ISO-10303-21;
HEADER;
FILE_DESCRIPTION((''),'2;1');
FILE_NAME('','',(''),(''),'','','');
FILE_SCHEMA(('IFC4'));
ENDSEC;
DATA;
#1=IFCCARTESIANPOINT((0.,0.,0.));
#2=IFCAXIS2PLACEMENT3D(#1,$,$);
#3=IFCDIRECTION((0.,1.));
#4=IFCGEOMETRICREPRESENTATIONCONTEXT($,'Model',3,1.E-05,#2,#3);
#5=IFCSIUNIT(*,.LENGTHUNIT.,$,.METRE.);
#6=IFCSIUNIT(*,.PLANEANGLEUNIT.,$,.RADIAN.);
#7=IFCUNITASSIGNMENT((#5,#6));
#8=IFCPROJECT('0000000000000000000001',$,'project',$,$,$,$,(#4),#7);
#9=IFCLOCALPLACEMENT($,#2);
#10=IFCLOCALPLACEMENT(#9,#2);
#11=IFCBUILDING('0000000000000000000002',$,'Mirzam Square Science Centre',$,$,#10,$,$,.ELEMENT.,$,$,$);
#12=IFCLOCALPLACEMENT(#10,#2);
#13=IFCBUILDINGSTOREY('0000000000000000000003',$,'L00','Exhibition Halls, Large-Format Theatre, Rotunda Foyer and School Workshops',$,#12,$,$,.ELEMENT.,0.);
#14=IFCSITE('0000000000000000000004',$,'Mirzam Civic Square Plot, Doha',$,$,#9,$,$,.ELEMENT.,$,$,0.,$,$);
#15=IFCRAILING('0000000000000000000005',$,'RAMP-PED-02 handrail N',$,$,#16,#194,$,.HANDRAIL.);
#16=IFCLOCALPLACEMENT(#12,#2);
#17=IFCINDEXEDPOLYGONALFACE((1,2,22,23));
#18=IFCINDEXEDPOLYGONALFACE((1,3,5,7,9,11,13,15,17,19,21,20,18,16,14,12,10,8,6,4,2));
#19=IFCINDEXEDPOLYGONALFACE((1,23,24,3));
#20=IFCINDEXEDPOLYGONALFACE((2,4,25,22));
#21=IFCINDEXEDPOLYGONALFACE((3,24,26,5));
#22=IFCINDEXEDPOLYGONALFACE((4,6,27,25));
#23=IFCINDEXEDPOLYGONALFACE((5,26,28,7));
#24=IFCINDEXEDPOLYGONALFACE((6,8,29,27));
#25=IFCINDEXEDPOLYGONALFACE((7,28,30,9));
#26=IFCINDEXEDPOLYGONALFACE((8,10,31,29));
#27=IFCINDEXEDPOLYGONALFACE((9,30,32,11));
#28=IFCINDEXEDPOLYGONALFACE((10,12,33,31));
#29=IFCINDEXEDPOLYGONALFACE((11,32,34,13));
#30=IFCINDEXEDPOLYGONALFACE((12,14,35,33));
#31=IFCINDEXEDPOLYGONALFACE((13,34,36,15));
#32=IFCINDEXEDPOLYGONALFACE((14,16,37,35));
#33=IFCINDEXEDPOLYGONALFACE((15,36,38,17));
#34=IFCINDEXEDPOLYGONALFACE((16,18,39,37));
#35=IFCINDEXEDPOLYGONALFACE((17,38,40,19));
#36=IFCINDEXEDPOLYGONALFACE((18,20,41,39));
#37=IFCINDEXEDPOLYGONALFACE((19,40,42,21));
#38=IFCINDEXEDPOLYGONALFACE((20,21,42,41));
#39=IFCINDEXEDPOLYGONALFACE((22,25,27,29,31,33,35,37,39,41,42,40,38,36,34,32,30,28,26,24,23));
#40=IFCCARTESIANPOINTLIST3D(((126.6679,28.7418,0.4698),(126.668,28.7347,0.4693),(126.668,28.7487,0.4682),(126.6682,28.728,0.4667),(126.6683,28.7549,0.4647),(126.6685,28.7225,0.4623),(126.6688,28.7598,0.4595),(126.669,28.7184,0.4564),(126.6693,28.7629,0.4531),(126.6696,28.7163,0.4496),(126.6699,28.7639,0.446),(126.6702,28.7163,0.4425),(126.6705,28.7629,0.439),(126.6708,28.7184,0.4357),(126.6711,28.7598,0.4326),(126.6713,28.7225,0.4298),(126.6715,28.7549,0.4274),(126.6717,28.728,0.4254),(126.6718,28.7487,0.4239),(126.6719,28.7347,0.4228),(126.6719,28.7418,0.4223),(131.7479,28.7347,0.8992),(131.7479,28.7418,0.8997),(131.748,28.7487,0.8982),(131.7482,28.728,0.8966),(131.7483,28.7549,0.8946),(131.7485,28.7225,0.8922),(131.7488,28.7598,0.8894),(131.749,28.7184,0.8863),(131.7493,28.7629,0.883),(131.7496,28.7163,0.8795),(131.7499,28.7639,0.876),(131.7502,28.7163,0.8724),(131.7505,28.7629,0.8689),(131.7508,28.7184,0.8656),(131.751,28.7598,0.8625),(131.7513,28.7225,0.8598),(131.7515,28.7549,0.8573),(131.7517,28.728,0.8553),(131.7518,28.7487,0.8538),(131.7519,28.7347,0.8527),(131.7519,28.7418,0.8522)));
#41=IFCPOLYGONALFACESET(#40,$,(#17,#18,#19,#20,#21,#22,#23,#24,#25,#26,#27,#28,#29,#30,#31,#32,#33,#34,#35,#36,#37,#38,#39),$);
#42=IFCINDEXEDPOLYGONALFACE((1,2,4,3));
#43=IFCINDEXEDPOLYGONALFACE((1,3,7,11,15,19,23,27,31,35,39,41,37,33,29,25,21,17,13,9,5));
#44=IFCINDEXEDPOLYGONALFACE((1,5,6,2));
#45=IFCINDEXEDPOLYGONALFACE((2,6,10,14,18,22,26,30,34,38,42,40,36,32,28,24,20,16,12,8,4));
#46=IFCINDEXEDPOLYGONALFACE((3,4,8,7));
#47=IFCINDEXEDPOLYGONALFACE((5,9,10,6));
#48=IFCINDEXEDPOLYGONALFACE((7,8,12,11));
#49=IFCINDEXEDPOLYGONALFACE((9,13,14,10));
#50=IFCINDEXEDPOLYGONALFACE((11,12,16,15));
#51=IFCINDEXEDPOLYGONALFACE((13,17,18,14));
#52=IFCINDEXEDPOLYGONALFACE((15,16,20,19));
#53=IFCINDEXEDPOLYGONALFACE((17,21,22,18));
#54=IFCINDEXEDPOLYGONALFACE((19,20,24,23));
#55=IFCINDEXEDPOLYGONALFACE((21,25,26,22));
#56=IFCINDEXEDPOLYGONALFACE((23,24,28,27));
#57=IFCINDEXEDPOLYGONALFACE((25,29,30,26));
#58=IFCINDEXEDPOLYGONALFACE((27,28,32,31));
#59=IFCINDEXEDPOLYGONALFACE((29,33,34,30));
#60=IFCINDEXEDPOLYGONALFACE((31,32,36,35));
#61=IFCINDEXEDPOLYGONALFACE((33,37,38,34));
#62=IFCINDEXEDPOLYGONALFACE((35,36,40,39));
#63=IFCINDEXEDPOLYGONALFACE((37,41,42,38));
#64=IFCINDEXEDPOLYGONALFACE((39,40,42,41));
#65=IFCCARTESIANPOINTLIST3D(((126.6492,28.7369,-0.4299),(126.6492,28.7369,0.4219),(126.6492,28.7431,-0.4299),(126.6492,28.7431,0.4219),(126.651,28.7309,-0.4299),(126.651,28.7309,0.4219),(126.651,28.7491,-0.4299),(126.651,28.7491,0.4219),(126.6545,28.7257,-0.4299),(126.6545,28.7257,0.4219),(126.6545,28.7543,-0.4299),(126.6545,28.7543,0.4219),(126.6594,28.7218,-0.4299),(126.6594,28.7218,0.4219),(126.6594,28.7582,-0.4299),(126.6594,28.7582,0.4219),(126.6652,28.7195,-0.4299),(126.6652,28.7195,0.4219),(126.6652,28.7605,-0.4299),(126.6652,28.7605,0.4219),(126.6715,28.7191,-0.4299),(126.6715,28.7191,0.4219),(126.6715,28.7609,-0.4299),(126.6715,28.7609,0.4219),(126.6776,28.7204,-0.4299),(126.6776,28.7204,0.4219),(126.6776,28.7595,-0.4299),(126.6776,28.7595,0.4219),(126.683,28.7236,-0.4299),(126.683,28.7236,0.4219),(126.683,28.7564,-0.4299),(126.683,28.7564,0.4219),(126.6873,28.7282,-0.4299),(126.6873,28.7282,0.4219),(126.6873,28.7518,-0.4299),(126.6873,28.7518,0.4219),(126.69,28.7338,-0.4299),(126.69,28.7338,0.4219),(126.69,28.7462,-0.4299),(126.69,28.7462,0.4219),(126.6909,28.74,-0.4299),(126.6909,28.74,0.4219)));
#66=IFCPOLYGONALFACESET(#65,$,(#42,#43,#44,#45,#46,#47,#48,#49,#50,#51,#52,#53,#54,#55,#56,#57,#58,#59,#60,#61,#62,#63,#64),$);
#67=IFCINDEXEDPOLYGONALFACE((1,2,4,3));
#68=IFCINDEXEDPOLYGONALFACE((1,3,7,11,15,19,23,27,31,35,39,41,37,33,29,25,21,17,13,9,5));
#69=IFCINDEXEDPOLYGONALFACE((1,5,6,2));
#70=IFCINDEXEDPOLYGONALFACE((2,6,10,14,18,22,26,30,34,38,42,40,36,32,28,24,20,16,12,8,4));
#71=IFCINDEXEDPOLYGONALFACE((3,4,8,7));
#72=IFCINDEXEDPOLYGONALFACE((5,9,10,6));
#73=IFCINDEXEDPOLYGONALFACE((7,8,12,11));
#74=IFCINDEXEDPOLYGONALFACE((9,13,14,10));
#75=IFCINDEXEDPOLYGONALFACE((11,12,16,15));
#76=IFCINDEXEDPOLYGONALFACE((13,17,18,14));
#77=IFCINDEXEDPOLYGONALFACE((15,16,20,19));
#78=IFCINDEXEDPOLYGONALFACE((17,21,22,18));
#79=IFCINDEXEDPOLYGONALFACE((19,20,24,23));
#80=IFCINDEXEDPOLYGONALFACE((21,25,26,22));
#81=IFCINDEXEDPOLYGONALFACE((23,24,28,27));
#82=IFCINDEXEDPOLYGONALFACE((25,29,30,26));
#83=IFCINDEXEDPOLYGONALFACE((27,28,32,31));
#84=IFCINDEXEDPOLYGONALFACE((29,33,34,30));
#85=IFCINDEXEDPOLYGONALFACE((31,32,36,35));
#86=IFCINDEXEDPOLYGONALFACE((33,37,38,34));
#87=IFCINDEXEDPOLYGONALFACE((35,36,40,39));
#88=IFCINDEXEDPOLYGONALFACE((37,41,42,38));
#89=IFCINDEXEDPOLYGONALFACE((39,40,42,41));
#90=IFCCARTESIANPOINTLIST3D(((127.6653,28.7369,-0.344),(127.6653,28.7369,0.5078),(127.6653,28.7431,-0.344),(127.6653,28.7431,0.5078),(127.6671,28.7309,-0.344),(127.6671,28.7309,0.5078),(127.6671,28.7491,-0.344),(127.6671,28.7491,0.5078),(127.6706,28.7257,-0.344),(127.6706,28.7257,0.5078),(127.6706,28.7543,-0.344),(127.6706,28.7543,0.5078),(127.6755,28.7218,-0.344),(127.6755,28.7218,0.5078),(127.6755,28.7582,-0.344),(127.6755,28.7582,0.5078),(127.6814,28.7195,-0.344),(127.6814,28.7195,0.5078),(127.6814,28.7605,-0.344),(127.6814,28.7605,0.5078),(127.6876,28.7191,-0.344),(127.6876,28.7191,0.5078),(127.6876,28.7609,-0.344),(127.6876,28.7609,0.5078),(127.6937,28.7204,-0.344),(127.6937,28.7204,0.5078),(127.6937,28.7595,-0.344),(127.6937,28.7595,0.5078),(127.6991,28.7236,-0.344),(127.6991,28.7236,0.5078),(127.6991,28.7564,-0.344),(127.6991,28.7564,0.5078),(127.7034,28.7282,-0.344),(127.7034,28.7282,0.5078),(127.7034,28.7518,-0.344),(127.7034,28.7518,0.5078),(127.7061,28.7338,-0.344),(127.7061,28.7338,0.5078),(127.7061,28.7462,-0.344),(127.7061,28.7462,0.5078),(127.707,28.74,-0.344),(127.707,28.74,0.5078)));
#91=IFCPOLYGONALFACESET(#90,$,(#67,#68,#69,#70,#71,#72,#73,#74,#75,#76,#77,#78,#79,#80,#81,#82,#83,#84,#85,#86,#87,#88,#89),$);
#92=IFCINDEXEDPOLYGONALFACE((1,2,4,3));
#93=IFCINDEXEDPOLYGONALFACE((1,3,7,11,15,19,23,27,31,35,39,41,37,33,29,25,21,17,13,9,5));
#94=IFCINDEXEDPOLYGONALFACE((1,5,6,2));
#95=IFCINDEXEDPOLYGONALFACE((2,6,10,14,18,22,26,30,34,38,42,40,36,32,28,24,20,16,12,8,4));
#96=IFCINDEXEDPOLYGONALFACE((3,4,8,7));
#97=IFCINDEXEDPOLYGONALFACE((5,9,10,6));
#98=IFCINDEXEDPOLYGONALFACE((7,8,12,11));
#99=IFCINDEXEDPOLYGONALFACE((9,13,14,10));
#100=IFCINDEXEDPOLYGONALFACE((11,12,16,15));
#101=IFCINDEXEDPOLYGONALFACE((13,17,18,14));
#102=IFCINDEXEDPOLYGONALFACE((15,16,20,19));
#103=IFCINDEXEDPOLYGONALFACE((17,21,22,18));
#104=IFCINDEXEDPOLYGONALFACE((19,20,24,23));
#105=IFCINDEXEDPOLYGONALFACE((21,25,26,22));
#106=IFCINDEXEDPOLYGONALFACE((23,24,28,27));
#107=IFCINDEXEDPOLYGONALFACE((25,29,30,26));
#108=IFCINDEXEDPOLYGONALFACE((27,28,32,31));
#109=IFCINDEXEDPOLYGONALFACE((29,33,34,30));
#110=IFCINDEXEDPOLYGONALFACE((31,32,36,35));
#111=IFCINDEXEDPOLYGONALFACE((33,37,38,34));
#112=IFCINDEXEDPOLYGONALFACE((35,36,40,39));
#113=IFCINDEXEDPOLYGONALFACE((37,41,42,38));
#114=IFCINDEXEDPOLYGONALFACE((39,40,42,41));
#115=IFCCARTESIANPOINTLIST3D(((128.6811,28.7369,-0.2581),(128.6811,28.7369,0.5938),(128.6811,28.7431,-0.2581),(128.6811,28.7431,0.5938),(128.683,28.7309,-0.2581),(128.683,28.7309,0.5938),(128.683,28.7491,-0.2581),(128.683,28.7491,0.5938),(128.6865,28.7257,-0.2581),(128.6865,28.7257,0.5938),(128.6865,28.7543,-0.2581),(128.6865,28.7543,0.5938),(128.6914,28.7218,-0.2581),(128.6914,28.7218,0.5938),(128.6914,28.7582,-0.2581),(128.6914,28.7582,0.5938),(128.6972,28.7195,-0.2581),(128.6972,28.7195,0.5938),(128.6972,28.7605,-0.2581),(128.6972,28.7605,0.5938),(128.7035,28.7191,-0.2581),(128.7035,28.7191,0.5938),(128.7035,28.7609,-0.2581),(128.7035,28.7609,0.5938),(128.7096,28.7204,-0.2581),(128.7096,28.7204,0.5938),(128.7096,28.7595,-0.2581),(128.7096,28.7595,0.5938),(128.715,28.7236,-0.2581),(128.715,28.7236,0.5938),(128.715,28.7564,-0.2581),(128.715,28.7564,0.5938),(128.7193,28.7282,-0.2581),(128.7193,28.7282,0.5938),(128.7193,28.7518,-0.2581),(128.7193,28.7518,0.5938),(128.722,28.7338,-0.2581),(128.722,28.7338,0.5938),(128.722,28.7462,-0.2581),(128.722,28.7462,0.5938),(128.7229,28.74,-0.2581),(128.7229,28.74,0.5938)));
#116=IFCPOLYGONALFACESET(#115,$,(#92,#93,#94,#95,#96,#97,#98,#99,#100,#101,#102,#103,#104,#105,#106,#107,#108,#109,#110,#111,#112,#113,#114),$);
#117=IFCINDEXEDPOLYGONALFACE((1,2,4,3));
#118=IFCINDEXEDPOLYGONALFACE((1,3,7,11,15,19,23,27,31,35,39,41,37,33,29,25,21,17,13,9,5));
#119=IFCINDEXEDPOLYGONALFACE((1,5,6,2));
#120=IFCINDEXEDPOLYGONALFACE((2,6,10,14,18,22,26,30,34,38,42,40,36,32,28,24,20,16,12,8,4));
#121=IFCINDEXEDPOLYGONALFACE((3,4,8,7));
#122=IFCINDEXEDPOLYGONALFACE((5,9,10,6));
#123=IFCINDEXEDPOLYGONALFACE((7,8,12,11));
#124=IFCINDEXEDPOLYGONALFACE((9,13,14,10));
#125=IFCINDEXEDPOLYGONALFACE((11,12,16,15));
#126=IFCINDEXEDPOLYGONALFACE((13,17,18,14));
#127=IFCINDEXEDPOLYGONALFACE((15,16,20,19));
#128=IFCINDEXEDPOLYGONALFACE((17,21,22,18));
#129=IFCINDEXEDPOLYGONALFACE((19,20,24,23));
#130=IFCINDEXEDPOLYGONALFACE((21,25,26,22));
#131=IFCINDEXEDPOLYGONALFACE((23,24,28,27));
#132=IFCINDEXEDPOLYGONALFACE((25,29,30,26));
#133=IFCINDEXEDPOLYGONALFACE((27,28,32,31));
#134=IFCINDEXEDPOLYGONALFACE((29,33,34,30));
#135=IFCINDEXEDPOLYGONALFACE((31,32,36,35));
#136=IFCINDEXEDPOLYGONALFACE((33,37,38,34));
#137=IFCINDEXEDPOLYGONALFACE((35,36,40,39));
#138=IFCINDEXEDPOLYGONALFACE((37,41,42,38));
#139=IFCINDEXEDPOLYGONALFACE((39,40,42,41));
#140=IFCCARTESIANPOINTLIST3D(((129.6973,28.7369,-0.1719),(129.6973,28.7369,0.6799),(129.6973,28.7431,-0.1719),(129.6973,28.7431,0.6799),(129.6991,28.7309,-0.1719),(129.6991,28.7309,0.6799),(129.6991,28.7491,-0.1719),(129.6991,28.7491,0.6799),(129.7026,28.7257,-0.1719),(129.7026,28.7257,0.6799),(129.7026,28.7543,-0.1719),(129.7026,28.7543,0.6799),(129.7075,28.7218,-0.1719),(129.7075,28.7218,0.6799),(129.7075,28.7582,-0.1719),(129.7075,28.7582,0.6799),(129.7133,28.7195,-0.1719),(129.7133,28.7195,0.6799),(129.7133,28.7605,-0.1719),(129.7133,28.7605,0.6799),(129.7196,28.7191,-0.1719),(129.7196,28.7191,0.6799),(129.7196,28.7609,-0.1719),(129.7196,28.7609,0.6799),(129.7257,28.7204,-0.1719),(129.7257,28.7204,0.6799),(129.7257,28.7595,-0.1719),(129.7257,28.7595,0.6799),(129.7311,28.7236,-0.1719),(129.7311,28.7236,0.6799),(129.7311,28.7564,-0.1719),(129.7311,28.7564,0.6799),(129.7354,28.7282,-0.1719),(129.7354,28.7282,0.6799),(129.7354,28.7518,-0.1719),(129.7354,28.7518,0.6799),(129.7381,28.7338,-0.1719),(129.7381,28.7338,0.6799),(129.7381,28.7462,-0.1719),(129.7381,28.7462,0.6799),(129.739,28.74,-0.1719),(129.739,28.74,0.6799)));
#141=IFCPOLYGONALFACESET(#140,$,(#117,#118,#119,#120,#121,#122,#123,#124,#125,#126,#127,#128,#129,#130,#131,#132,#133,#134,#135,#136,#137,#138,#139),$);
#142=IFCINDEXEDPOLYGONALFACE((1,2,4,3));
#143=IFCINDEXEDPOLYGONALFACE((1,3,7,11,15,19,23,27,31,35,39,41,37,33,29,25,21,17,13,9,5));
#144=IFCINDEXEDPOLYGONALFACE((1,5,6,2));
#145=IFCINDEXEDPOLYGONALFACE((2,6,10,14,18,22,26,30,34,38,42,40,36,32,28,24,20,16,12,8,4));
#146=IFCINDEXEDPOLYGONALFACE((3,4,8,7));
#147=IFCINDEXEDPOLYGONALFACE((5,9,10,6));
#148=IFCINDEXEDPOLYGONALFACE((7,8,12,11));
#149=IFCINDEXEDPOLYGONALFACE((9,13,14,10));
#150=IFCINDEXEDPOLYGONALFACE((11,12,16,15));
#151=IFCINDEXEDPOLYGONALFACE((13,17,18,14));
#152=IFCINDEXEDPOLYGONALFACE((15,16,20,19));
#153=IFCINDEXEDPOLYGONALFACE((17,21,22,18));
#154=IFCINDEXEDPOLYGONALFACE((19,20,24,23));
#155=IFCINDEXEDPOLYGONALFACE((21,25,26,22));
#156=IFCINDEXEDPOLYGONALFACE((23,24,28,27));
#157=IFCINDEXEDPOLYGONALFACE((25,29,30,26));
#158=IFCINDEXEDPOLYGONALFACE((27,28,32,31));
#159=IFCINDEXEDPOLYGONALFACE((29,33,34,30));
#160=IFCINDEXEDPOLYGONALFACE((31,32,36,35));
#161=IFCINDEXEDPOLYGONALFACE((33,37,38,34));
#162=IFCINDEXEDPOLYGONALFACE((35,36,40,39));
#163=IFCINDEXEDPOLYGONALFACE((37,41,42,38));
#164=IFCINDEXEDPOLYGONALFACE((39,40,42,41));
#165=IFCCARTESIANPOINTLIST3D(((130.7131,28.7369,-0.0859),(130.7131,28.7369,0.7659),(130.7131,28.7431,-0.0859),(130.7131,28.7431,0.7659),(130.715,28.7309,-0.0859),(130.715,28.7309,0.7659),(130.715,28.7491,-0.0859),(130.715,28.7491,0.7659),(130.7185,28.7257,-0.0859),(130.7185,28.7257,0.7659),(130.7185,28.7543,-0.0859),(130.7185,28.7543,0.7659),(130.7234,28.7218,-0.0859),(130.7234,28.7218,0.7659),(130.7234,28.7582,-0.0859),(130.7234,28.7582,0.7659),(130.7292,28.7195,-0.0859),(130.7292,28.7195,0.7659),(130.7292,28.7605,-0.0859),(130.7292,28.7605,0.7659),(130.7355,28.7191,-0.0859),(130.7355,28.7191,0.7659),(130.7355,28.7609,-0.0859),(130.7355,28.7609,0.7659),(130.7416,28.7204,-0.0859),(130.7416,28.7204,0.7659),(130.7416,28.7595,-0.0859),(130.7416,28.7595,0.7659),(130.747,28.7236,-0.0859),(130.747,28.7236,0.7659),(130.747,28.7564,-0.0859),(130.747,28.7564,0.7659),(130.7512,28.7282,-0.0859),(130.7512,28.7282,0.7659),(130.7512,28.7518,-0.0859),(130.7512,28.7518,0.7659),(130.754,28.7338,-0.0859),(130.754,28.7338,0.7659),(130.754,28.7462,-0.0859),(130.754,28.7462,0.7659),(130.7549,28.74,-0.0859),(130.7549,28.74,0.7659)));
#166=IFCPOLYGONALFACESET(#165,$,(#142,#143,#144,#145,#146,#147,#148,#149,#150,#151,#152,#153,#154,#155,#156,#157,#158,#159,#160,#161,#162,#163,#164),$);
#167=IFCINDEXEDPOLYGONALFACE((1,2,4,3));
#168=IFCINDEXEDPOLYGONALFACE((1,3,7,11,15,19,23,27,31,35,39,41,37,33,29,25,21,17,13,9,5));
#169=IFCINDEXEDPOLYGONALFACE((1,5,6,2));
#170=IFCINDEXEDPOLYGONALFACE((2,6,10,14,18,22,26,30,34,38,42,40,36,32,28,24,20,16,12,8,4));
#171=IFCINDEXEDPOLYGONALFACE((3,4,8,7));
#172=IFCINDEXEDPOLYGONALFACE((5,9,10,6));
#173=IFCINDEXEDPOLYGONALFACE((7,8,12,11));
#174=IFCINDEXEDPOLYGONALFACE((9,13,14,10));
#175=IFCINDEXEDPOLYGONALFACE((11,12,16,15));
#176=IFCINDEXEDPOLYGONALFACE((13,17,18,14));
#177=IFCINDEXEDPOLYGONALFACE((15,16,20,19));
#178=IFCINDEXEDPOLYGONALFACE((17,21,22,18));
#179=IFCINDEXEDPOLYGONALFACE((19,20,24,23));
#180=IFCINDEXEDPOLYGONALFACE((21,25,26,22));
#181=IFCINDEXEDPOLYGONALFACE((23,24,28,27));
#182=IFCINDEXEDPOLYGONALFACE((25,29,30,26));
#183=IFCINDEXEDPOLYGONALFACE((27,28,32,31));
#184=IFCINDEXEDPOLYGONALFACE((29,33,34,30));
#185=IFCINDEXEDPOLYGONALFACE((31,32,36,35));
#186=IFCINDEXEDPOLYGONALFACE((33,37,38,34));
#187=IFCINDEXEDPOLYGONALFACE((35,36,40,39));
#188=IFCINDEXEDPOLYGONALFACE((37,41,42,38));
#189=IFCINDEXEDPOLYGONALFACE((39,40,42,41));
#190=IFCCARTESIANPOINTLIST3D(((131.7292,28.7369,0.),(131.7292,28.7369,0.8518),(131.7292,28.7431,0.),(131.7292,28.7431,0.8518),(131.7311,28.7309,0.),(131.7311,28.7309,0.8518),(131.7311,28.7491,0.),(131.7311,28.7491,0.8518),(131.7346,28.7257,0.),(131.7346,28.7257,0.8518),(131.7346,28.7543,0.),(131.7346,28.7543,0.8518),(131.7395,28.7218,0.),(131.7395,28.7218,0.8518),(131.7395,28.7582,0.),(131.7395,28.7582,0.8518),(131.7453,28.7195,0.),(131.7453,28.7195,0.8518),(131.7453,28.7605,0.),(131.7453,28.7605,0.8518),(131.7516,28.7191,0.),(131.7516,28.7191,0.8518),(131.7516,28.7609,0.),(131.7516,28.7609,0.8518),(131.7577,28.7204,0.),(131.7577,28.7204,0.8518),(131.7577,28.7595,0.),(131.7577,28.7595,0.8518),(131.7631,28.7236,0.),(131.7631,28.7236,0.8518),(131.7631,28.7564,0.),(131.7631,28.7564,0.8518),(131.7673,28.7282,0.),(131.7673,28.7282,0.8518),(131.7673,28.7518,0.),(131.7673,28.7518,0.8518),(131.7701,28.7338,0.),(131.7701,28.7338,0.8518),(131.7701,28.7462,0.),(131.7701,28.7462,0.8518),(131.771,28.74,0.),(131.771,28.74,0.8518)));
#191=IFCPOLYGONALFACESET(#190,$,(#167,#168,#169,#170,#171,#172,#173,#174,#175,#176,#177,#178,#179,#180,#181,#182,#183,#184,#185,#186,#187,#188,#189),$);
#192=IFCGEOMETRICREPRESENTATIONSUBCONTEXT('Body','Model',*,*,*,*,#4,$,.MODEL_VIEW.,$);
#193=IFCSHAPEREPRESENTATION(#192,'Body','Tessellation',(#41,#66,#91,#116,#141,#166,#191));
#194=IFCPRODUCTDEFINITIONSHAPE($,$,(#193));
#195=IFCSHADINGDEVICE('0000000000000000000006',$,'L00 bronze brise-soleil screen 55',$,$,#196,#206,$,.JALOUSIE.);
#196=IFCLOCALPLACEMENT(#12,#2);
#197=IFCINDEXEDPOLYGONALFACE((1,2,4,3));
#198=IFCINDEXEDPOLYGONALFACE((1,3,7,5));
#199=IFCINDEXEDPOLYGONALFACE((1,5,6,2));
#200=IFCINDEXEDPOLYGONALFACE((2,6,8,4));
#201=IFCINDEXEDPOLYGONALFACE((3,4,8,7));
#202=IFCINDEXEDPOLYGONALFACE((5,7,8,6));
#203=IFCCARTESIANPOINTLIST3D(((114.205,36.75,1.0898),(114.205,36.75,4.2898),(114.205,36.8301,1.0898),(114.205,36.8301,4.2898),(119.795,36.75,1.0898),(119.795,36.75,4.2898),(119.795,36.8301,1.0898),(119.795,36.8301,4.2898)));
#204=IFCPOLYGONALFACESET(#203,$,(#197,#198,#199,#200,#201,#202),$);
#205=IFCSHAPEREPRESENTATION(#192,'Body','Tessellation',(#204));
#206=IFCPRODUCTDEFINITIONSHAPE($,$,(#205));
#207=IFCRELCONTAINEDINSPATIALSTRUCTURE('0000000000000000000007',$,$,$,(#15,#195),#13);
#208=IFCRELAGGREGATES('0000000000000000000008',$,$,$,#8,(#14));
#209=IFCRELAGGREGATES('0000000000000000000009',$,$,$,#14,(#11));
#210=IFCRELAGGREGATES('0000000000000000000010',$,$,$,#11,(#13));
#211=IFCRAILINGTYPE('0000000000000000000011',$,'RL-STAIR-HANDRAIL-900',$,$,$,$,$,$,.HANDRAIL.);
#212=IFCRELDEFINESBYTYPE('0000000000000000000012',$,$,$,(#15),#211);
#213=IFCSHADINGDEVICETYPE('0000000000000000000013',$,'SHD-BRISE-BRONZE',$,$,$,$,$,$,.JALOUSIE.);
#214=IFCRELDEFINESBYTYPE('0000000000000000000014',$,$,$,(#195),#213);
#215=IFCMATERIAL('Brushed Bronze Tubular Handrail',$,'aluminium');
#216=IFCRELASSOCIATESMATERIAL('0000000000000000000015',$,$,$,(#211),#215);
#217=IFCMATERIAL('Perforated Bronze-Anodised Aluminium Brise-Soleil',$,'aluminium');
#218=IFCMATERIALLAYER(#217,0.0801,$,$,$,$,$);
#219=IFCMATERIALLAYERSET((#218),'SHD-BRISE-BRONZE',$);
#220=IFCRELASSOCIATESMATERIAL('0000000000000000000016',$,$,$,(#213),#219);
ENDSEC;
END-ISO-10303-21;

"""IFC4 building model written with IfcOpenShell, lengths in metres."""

from ifc_helpers import new_model, si_unit, direction, frame, origin, origin_2d, place, context, subcontext, project, spatial, rectangle, circle, extrude, material, layer, layer_set, type_object, element, save


model = new_model("IFC4")

# Units and contexts
model_context = context("Model", 3, precision=1e-05, world=origin(), true_north=direction((0.0, 1.0)))
body_context = subcontext(model_context, "Body", "Model", "MODEL_VIEW")
ifc_project = project(units=[si_unit("LENGTHUNIT", "METRE"), si_unit("PLANEANGLEUNIT", "RADIAN")], contexts=[model_context])

# Site, building, storey
site_placement = place(None, origin())
site = spatial("IfcSite", under=ifc_project, at=site_placement, Name="Mirzam Civic Square Plot, Doha", CompositionType="ELEMENT", RefElevation=0.0)
building_placement = place(site_placement, origin())
building = spatial("IfcBuilding", under=site, at=building_placement, Name="Mirzam Square Science Centre", CompositionType="ELEMENT")
storey_placement = place(building_placement, origin())
storey = spatial("IfcBuildingStorey", under=building, at=storey_placement, Name="L00", Description="Exhibition Halls, Large-Format Theatre, Rotunda Foyer and School Workshops", CompositionType="ELEMENT", Elevation=0.0)

# Railing
ifc_material_1 = material(Name="Brushed Bronze Tubular Handrail", Category="aluminium")
railing_type = type_object("IfcRailingType", Name="RL-STAIR-HANDRAIL-900", PredefinedType="HANDRAIL", material=ifc_material_1)
for number, where, name in (
    (1, (126.6699, 28.74, -0.4299), "RAMP-PED-02 handrail N"),
):
    element("IfcRailing", number, at=place(storey_placement, frame(where)), inside=storey, type_object=railing_type, Name=name, PredefinedType="HANDRAIL", context=body_context, shape_type="SweptSolid", body=[
        extrude(circle(Radius=0.0239, at=origin_2d()), frame((0.0, 0.0, 0.876), z_axis=(0.996438, 0.0, 0.084329), x_axis=(0.0, 1.0, 0.0)), (0.0, 0.0, 1.0), 5.0981),
        extrude(circle(Radius=0.021, at=origin_2d()), origin(), (0.0, 0.0, 1.0), 0.8518),
        extrude(circle(Radius=0.021, at=origin_2d()), frame((1.0161, 0.0, 0.0859)), (0.0, 0.0, 1.0), 0.8518),
        extrude(circle(Radius=0.021, at=origin_2d()), frame((2.032, 0.0, 0.1719)), (0.0, 0.0, 1.0), 0.8518),
        extrude(circle(Radius=0.021, at=origin_2d()), frame((3.0481, 0.0, 0.2581)), (0.0, 0.0, 1.0), 0.8518),
        extrude(circle(Radius=0.021, at=origin_2d()), frame((4.064, 0.0, 0.344)), (0.0, 0.0, 1.0), 0.8518),
        extrude(circle(Radius=0.021, at=origin_2d()), frame((5.0801, 0.0, 0.4299)), (0.0, 0.0, 1.0), 0.8518),
    ])

# Shading device
ifc_material_2 = material(Name="Perforated Bronze-Anodised Aluminium Brise-Soleil", Category="aluminium")
ifc_layer_1 = layer(ifc_material_2, 0.0801)
ifc_layer_set_1 = layer_set([ifc_layer_1], Name="SHD-BRISE-BRONZE")
shading_device_type = type_object("IfcShadingDeviceType", Name="SHD-BRISE-BRONZE", PredefinedType="JALOUSIE", material=ifc_layer_set_1)
for number, where, z_axis, x_axis, name in (
    (2, (117.0, 36.79, 1.0898), (0.0, 0.0, 1.0), (1.0, 0.0, 0.0), "L00 bronze brise-soleil screen 55"),
):
    element("IfcShadingDevice", number, at=place(storey_placement, frame(where, z_axis=z_axis, x_axis=x_axis)), inside=storey, type_object=shading_device_type, Name=name, PredefinedType="JALOUSIE", context=body_context, shape_type="SweptSolid", body=[
        extrude(rectangle(XDim=5.5901, YDim=0.0801, at=origin_2d()), origin(), (0.0, 0.0, 1.0), 3.2),
    ])

save(model, "model.ifc")
